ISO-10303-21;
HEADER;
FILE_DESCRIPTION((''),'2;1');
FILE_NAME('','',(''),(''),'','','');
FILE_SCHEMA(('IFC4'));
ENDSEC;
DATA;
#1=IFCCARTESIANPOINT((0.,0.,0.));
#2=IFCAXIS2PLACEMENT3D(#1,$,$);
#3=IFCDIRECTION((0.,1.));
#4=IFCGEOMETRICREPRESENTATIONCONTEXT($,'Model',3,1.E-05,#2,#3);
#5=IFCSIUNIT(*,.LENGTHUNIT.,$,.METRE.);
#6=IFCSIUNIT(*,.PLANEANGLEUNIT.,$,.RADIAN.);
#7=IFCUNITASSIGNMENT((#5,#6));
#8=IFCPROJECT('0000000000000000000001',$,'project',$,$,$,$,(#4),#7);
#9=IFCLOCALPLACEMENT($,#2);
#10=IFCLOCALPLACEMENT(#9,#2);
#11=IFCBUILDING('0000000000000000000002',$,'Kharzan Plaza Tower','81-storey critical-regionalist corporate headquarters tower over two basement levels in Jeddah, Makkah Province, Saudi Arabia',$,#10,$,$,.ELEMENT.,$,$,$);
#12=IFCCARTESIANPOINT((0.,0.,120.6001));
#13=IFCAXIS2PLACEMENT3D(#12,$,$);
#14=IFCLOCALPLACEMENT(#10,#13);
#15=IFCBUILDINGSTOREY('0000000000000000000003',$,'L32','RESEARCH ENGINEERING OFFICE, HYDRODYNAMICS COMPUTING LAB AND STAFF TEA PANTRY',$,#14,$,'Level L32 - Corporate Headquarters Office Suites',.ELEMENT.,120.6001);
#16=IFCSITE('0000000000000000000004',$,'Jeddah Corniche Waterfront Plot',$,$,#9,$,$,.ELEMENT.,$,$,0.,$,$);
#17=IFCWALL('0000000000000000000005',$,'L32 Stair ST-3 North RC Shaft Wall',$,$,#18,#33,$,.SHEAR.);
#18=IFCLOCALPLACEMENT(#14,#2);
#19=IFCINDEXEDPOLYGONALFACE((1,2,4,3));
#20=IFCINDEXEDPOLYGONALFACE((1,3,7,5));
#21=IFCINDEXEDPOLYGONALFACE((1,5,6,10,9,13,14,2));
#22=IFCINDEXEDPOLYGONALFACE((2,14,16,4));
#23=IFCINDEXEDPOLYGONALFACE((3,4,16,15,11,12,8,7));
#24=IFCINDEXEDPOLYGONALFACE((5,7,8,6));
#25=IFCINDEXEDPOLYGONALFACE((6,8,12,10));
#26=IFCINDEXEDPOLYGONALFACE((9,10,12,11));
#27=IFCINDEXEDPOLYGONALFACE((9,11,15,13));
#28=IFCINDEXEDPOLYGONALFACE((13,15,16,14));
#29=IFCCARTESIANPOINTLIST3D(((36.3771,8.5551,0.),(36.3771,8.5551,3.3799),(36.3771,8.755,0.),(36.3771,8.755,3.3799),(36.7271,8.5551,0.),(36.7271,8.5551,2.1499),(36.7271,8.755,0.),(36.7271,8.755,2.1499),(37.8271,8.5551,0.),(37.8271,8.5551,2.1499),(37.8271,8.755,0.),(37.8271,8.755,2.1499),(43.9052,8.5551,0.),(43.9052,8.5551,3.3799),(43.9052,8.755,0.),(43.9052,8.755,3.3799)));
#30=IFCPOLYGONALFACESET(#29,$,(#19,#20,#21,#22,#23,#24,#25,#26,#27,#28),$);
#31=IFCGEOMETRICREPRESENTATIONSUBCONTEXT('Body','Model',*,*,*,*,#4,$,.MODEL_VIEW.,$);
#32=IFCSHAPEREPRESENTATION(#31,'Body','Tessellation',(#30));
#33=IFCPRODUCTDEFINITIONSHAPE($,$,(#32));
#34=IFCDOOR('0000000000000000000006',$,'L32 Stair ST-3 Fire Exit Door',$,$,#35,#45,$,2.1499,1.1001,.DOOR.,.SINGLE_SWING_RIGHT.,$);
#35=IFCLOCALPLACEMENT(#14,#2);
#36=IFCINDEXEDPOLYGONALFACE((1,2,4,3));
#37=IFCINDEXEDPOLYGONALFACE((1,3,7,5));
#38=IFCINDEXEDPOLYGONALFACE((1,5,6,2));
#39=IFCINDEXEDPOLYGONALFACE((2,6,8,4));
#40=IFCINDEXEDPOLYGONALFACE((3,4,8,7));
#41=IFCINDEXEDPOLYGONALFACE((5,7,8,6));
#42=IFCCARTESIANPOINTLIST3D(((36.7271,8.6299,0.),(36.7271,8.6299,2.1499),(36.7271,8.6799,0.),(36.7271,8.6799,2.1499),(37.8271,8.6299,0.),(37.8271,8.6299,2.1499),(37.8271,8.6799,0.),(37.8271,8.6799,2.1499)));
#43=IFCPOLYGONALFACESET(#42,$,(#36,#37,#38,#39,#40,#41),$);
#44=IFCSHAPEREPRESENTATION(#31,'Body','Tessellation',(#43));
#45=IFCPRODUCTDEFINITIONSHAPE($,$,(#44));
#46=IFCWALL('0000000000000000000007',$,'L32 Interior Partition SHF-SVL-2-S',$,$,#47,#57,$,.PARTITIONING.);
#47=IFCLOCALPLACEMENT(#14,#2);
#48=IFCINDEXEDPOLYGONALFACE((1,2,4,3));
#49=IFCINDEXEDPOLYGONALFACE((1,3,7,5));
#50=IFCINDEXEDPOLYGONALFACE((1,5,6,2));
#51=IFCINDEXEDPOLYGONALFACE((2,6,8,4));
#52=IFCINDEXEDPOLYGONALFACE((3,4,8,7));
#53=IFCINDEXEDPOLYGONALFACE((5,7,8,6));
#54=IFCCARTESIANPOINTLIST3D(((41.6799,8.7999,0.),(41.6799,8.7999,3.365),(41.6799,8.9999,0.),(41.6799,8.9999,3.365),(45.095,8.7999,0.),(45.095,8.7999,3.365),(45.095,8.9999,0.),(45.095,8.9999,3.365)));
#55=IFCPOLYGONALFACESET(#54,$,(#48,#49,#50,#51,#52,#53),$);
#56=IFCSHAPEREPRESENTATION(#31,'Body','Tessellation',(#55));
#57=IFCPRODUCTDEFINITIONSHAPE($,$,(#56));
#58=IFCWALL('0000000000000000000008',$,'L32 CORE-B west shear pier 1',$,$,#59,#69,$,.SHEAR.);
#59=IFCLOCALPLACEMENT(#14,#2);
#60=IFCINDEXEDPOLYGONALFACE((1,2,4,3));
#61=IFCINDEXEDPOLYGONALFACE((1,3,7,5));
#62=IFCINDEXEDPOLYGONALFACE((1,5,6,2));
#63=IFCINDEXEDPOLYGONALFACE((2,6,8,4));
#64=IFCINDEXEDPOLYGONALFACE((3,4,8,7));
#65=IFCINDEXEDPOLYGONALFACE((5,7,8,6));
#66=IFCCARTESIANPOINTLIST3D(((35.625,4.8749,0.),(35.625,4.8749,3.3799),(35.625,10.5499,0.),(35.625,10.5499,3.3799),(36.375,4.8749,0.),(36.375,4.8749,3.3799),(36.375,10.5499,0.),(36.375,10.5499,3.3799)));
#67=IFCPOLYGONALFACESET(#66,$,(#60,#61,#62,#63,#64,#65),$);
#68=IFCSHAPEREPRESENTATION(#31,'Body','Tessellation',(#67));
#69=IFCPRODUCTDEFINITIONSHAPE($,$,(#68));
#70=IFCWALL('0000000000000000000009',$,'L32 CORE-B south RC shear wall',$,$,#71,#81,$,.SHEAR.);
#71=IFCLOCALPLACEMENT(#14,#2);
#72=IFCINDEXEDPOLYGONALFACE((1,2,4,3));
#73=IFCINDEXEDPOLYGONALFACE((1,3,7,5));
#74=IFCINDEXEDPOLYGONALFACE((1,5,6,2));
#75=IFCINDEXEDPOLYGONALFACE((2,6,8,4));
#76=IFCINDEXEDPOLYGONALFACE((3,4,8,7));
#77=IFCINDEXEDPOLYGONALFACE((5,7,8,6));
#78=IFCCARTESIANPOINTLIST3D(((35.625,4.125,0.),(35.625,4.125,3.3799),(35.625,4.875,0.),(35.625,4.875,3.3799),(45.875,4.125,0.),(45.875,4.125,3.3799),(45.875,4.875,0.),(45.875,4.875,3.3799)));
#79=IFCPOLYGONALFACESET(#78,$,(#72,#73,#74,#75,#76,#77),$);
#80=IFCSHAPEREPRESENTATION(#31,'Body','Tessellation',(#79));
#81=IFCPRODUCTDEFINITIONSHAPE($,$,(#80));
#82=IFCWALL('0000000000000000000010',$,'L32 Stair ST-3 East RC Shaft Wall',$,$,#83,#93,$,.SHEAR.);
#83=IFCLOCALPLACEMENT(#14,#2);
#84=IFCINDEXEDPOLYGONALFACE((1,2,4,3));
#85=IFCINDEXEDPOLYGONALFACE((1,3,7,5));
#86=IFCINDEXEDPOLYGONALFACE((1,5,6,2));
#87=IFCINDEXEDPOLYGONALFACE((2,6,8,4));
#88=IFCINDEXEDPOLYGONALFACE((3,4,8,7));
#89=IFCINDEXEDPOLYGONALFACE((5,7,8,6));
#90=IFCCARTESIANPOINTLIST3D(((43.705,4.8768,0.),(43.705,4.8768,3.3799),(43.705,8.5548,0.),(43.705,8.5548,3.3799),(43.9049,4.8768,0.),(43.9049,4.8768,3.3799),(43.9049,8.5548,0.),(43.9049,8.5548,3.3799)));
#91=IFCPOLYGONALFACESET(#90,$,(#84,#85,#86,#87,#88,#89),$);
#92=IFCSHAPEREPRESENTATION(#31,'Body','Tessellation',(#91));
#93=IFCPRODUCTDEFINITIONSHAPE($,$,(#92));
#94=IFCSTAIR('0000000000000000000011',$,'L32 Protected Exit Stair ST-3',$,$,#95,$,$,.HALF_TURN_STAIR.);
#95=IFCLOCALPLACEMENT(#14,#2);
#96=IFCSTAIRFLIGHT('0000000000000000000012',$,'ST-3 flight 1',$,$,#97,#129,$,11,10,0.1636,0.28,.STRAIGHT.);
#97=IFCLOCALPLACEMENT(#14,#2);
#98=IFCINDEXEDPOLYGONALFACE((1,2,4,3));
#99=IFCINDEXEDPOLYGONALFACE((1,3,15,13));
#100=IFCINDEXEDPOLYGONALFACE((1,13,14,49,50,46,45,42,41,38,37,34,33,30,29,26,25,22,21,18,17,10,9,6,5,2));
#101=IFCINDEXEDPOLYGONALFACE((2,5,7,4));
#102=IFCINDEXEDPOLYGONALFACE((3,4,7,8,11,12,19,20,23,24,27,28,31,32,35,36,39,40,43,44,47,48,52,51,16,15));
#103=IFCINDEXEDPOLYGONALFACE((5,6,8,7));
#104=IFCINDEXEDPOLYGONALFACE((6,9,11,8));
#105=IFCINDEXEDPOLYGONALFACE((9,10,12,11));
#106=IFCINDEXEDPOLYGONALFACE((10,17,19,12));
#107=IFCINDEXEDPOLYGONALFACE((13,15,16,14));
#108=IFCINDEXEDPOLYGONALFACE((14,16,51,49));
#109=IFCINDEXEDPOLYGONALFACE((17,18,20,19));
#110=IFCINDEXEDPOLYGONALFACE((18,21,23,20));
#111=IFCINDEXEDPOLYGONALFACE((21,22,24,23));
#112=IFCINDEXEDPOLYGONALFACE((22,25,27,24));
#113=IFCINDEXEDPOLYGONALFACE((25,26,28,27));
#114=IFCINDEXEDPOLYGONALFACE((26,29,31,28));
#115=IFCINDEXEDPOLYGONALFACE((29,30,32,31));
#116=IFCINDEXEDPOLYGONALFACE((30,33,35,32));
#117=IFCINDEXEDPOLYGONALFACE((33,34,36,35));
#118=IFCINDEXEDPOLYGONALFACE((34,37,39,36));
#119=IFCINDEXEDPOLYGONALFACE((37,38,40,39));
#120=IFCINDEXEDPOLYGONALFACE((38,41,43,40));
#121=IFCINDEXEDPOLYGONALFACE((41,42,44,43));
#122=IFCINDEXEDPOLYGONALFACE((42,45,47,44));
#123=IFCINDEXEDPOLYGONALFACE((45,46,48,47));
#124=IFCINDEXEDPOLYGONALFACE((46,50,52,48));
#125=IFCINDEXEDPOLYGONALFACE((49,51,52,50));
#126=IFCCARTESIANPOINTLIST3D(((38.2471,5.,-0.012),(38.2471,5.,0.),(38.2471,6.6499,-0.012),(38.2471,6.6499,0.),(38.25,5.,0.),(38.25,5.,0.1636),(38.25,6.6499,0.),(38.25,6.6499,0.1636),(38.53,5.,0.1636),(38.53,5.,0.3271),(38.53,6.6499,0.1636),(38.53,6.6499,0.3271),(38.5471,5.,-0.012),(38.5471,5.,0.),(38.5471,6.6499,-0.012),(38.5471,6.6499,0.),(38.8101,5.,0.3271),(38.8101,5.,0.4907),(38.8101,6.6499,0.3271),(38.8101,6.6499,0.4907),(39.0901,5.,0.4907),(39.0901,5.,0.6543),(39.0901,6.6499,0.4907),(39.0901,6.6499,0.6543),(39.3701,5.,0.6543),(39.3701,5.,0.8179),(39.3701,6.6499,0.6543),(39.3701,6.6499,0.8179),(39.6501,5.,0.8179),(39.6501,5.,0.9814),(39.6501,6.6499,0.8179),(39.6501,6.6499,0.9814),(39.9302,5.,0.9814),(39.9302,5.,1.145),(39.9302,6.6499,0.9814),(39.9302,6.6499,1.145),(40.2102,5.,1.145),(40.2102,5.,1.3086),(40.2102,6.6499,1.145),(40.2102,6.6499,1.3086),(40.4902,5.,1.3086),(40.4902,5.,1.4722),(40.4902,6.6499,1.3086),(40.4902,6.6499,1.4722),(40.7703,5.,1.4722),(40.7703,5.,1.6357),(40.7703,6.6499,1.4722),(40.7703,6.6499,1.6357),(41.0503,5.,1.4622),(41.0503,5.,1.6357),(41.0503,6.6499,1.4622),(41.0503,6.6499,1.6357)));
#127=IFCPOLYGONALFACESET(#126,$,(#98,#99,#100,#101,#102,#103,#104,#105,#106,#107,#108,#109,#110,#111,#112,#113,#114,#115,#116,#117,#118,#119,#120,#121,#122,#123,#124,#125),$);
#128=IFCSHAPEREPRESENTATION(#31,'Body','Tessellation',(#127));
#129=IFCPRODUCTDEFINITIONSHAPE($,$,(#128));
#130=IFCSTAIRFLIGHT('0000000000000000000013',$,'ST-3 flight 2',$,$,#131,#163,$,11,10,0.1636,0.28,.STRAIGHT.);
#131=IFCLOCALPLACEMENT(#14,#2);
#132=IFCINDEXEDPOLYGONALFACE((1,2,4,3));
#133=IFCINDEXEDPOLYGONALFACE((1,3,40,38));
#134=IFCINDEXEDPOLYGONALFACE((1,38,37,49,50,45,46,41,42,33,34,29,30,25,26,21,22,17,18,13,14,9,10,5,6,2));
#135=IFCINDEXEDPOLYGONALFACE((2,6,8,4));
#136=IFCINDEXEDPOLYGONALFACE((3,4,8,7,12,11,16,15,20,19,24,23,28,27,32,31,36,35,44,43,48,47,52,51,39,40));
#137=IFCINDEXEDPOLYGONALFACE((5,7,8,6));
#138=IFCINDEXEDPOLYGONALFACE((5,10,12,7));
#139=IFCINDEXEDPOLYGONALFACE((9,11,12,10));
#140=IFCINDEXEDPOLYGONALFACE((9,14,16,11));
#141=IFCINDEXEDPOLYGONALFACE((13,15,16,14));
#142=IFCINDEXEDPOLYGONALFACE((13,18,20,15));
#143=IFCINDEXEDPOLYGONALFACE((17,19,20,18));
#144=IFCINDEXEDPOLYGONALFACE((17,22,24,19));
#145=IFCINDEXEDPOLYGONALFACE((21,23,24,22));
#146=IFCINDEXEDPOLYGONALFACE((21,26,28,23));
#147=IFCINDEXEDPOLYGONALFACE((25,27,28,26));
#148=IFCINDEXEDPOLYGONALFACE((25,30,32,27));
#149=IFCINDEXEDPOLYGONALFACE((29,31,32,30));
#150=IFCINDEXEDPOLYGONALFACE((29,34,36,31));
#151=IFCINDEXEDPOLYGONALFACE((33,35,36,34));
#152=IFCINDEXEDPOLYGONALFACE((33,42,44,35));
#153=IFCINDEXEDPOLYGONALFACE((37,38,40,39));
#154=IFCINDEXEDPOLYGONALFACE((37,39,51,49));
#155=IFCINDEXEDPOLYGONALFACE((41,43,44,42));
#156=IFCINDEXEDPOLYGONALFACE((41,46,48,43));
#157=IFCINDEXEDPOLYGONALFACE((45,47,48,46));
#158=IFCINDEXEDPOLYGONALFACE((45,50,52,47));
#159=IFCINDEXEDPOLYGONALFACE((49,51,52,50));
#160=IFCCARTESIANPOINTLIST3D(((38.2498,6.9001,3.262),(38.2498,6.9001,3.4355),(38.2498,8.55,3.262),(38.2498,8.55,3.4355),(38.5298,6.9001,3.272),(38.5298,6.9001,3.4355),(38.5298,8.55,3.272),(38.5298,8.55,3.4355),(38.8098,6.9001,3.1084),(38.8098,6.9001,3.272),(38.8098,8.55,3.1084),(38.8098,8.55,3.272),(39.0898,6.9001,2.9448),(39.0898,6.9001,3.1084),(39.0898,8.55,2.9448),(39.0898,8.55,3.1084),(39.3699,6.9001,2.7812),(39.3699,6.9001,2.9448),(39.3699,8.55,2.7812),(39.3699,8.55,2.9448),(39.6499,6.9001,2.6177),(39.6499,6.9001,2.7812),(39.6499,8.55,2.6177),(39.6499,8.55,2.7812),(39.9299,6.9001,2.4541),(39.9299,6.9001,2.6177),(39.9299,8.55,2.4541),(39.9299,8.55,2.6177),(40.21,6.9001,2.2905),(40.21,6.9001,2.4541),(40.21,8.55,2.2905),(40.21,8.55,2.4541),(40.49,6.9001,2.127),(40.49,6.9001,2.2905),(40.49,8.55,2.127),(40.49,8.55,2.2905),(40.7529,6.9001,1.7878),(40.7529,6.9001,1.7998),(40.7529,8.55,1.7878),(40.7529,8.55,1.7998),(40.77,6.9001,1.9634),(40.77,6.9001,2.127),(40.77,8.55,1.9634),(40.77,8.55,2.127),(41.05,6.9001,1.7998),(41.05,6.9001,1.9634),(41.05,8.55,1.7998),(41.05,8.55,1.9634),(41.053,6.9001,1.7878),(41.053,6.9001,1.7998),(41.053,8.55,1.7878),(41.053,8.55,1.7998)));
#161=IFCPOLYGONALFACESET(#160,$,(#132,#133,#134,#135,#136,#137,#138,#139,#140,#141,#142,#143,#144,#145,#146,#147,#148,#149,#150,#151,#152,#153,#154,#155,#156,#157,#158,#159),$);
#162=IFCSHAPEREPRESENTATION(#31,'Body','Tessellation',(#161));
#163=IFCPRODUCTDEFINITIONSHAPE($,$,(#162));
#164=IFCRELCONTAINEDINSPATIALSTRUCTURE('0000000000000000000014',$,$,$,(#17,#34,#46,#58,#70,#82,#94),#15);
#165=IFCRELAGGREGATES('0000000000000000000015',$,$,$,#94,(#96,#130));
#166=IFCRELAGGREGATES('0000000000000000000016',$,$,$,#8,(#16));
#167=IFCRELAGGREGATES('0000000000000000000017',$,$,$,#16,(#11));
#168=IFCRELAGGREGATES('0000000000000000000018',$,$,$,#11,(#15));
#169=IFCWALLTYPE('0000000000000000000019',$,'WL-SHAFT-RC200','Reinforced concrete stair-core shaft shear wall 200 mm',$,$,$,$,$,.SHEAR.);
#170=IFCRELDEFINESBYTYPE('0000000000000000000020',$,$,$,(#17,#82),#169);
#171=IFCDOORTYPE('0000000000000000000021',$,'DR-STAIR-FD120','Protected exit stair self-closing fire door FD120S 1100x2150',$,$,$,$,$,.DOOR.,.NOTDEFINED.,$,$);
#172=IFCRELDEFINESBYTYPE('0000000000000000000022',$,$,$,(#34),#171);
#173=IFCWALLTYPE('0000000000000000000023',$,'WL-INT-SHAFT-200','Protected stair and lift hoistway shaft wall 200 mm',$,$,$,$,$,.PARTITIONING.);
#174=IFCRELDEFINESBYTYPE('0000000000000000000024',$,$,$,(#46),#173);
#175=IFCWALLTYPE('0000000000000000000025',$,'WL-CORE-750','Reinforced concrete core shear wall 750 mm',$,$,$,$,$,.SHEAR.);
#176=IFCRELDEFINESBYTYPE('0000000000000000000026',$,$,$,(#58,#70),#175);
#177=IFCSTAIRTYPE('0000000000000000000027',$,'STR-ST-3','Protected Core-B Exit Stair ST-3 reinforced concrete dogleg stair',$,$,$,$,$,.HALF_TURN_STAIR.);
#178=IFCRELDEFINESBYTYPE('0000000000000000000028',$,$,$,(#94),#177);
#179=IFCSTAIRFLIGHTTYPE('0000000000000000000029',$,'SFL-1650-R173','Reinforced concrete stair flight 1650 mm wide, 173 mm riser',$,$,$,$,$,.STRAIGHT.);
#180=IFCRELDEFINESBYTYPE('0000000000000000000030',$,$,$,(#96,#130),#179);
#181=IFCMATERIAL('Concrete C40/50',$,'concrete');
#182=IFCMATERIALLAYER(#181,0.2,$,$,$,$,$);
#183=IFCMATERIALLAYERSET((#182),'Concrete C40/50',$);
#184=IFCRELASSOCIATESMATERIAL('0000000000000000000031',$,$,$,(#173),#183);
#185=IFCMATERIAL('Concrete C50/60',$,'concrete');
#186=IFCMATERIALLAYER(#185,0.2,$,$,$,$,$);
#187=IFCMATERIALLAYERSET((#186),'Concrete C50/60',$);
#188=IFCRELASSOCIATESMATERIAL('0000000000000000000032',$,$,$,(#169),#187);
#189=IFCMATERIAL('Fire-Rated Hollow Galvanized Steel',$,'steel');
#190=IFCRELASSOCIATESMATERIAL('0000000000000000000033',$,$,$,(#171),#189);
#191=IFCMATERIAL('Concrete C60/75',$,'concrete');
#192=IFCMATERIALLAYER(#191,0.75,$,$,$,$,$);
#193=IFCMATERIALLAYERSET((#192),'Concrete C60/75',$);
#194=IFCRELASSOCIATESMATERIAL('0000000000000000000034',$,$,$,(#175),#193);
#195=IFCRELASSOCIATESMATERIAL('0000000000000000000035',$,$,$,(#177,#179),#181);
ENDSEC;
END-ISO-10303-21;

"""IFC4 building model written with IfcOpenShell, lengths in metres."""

from ifc_helpers import new_model, si_unit, direction, frame, frame_2d, origin, place, context, subcontext, project, spatial, polyline, rectangle, outline, extrude, source, transform, mapped, material, layer, layer_set, type_object, element, fill, aggregate, save


model = new_model("IFC4")

# Units and contexts
model_context = context("Model", 3, precision=1e-05, world=origin(), true_north=direction((0.0, 1.0)))
body_context = subcontext(model_context, "Body", "Model", "MODEL_VIEW")
ifc_project = project(units=[si_unit("LENGTHUNIT", "METRE"), si_unit("PLANEANGLEUNIT", "RADIAN")], contexts=[model_context])

# Site, building, storey
site_placement = place(None, origin())
site = spatial("IfcSite", under=ifc_project, at=site_placement, Name="Jeddah Corniche Waterfront Plot", CompositionType="ELEMENT", RefElevation=0.0)
building_placement = place(site_placement, origin())
building = spatial("IfcBuilding", under=site, at=building_placement, Name="Kharzan Plaza Tower", Description="81-storey critical-regionalist corporate headquarters tower over two basement levels in Jeddah, Makkah Province, Saudi Arabia", CompositionType="ELEMENT")
storey_placement = place(building_placement, frame((0.0, 0.0, 120.6001)))
storey = spatial("IfcBuildingStorey", under=building, at=storey_placement, Name="L32", Description="RESEARCH ENGINEERING OFFICE, HYDRODYNAMICS COMPUTING LAB AND STAFF TEA PANTRY", LongName="Level L32 - Corporate Headquarters Office Suites", CompositionType="ELEMENT", Elevation=120.6001)

# Shared definitions
ifc_material_1 = material(Name="Concrete C60/75", Category="concrete")

# Shared definitions
ifc_material_2 = material(Name="Concrete C40/50", Category="concrete")

# Wall, opening, door
ifc_layer_1 = layer(ifc_material_2, 0.2)
ifc_layer_set_1 = layer_set([ifc_layer_1], Name="Concrete C40/50")
wall_type_1 = type_object("IfcWallType", Name="WL-INT-SHAFT-200", Description="Protected stair and lift hoistway shaft wall 200 mm", PredefinedType="PARTITIONING", material=ifc_layer_set_1)
ifc_material_3 = material(Name="Concrete C50/60", Category="concrete")
ifc_layer_2 = layer(ifc_material_3, 0.2)
ifc_layer_set_2 = layer_set([ifc_layer_2], Name="Concrete C50/60")
wall_type_2 = type_object("IfcWallType", Name="WL-SHAFT-RC200", Description="Reinforced concrete stair-core shaft shear wall 200 mm", PredefinedType="SHEAR", material=ifc_layer_set_2)
wall_1_placement = place(storey_placement, frame((36.377, 8.655, 0.0), z_axis=(0.0, 0.0, 1.0), x_axis=(1.0, 0.0, 0.0)))
wall_1 = element("IfcWall", 1, at=wall_1_placement, inside=storey, type_object=wall_type_2, Name="L32 Stair ST-3 North RC Shaft Wall", PredefinedType="SHEAR", context=body_context, shape_type="SweptSolid", body=[
    extrude(rectangle(XDim=7.5281, YDim=0.2, at=frame_2d((3.7642, 0.0))), origin(), (0.0, 0.0, 1.0), 3.3799),
])
opening_1_placement = place(wall_1_placement, frame((0.3501, 0.0, 0.0)))
opening_1 = element("IfcOpeningElement", 2, at=opening_1_placement, cuts=wall_1, PredefinedType="OPENING", context=body_context, shape_type="SweptSolid", body=[
    extrude(rectangle(XDim=1.1001, YDim=2.1499, at=frame_2d((0.55, 1.075))), frame((0.0, 0.1099, 0.0), z_axis=(0.0, -1.0, 0.0), x_axis=(1.0, 0.0, 0.0)), (0.0, 0.0, 1.0), 0.22),
])
ifc_material_4 = material(Name="Fire-Rated Hollow Galvanized Steel", Category="steel")
door_type_1 = type_object("IfcDoorType", Name="DR-STAIR-FD120", Description="Protected exit stair self-closing fire door FD120S 1100x2150", OperationType="NOTDEFINED", PredefinedType="DOOR", material=ifc_material_4)
shared_shape_1 = source(origin(), body_context, "Body", "SweptSolid", [
    extrude(rectangle(XDim=1.1001, YDim=2.1499, at=frame_2d((0.55, 1.075))), frame((0.0, 0.0249, 0.0), z_axis=(0.0, -1.0, 0.0), x_axis=(1.0, 0.0, 0.0)), (0.0, 0.0, 1.0), 0.05),
])
door_1_placement = place(opening_1_placement, origin())
door_1 = element("IfcDoor", 3, at=door_1_placement, inside=storey, type_object=door_type_1, Name="L32 Stair ST-3 Fire Exit Door", OperationType="SINGLE_SWING_RIGHT", OverallHeight=2.1499, OverallWidth=1.1001, PredefinedType="DOOR", context=body_context, shape_type="MappedRepresentation", body=[
    mapped(shared_shape_1, transform((0.0, 0.0, 0.0), x_axis=(1.0, 0.0, 0.0), y_axis=(0.0, 1.0, 0.0), z_axis=(0.0, 0.0, 1.0))),
])
fill(opening_1, door_1)

# Walls
shared_shape_2 = source(origin(), body_context, "Body", "SweptSolid", [
    extrude(rectangle(XDim=3.415, YDim=0.2, at=frame_2d((1.7075, 0.0))), origin(), (0.0, 0.0, 1.0), 3.365),
])
wall_2_placement = place(storey_placement, frame((41.6799, 8.8999, 0.0), z_axis=(0.0, 0.0, 1.0), x_axis=(1.0, 0.0, 0.0)))
element("IfcWall", 4, at=wall_2_placement, inside=storey, type_object=wall_type_1, Name="L32 Interior Partition SHF-SVL-2-S", PredefinedType="PARTITIONING", context=body_context, shape_type="MappedRepresentation", body=[
    mapped(shared_shape_2, transform((0.0, 0.0, 0.0), x_axis=(1.0, 0.0, 0.0), y_axis=(0.0, 1.0, 0.0), z_axis=(0.0, 0.0, 1.0))),
])
ifc_layer_3 = layer(ifc_material_1, 0.75)
ifc_layer_set_3 = layer_set([ifc_layer_3], Name="Concrete C60/75")
wall_type_3 = type_object("IfcWallType", Name="WL-CORE-750", Description="Reinforced concrete core shear wall 750 mm", PredefinedType="SHEAR", material=ifc_layer_set_3)
shared_shape_3 = source(origin(), body_context, "Body", "SweptSolid", [
    extrude(rectangle(XDim=5.675, YDim=0.75, at=frame_2d((2.8374, 0.0))), origin(), (0.0, 0.0, 1.0), 3.3799),
])
wall_3_placement = place(storey_placement, frame((36.0, 4.875, 0.0), z_axis=(0.0, 0.0, 1.0), x_axis=(0.0, 1.0, 0.0)))
element("IfcWall", 5, at=wall_3_placement, inside=storey, type_object=wall_type_3, Name="L32 CORE-B west shear pier 1", PredefinedType="SHEAR", context=body_context, shape_type="MappedRepresentation", body=[
    mapped(shared_shape_3, transform((0.0, 0.0, 0.0), x_axis=(1.0, 0.0, 0.0), y_axis=(0.0, 1.0, 0.0), z_axis=(0.0, 0.0, 1.0))),
])
shared_shape_4 = source(origin(), body_context, "Body", "SweptSolid", [
    extrude(rectangle(XDim=10.25, YDim=0.75, at=frame_2d((5.125, 0.0))), origin(), (0.0, 0.0, 1.0), 3.3799),
])
wall_4_placement = place(storey_placement, frame((35.625, 4.5, 0.0), z_axis=(0.0, 0.0, 1.0), x_axis=(1.0, 0.0, 0.0)))
element("IfcWall", 6, at=wall_4_placement, inside=storey, type_object=wall_type_3, Name="L32 CORE-B south RC shear wall", PredefinedType="SHEAR", context=body_context, shape_type="MappedRepresentation", body=[
    mapped(shared_shape_4, transform((0.0, 0.0, 0.0), x_axis=(1.0, 0.0, 0.0), y_axis=(0.0, 1.0, 0.0), z_axis=(0.0, 0.0, 1.0))),
])
shared_shape_5 = source(origin(), body_context, "Body", "SweptSolid", [
    extrude(rectangle(XDim=3.678, YDim=0.2, at=frame_2d((1.8389, 0.0))), origin(), (0.0, 0.0, 1.0), 3.3799),
])
wall_5_placement = place(storey_placement, frame((43.8049, 4.877, 0.0), z_axis=(0.0, 0.0, 1.0), x_axis=(0.0, 1.0, 0.0)))
element("IfcWall", 7, at=wall_5_placement, inside=storey, type_object=wall_type_2, Name="L32 Stair ST-3 East RC Shaft Wall", PredefinedType="SHEAR", context=body_context, shape_type="MappedRepresentation", body=[
    mapped(shared_shape_5, transform((0.0, 0.0, 0.0), x_axis=(1.0, 0.0, 0.0), y_axis=(0.0, 1.0, 0.0), z_axis=(0.0, 0.0, 1.0))),
])

# Stair, stair flights
stair_type = type_object("IfcStairType", Name="STR-ST-3", Description="Protected Core-B Exit Stair ST-3 reinforced concrete dogleg stair", PredefinedType="HALF_TURN_STAIR", material=ifc_material_2)
stair_placement = place(storey_placement, origin())
stair = element("IfcStair", 8, at=stair_placement, inside=storey, type_object=stair_type, Name="L32 Protected Exit Stair ST-3", PredefinedType="HALF_TURN_STAIR")
stair_flight_type = type_object("IfcStairFlightType", Name="SFL-1650-R173", Description="Reinforced concrete stair flight 1650 mm wide, 173 mm riser", PredefinedType="STRAIGHT", material=ifc_material_2)
shared_shape_6 = source(origin(), body_context, "Body", "SweptSolid", [
    extrude(outline(polyline([(-0.0029, -0.012), (-0.0029, 0.0), (0.0, 0.0), (0.0, 0.1636), (0.28, 0.1636), (0.28, 0.3271), (0.5601, 0.3271), (0.5601, 0.4907), (0.8401, 0.4907), (0.8401, 0.6543), (1.1201, 0.6543), (1.1201, 0.8179), (1.4001, 0.8179), (1.4001, 0.9814), (1.6802, 0.9814), (1.6802, 1.145), (1.9602, 1.145), (1.9602, 1.3086), (2.2402, 1.3086), (2.2402, 1.4722), (2.5203, 1.4722), (2.5203, 1.6357), (2.8003, 1.6357), (2.8003, 1.7993), (2.8003, 1.4622), (0.2971, 0.0), (0.2971, -0.012), (-0.0029, -0.012)])), frame((0.0, 0.825, 0.0), z_axis=(0.0, -1.0, 0.0), x_axis=(1.0, 0.0, 0.0)), (0.0, 0.0, 1.0), 1.6499),
])
stair_flight_1_placement = place(storey_placement, frame((38.25, 5.825, 0.0), z_axis=(0.0, 0.0, 1.0), x_axis=(1.0, 0.0, 0.0)))
stair_flight_1 = element("IfcStairFlight", 9, at=stair_flight_1_placement, type_object=stair_flight_type, Name="ST-3 flight 1", NumberOfRisers=11, NumberOfTreads=10, PredefinedType="STRAIGHT", RiserHeight=0.1636, TreadLength=0.28, context=body_context, shape_type="MappedRepresentation", body=[
    mapped(shared_shape_6, transform((0.0, 0.0, 0.0), x_axis=(1.0, 0.0, 0.0), y_axis=(0.0, 1.0, 0.0), z_axis=(0.0, 0.0, 1.0))),
])
stair_flight_2_placement = place(storey_placement, frame((41.05, 7.7251, 1.7998), z_axis=(0.0, 0.0, 1.0), x_axis=(-1.0, 0.0, 0.0)))
stair_flight_2 = element("IfcStairFlight", 10, at=stair_flight_2_placement, type_object=stair_flight_type, Name="ST-3 flight 2", NumberOfRisers=11, NumberOfTreads=10, PredefinedType="STRAIGHT", RiserHeight=0.1636, TreadLength=0.28, context=body_context, shape_type="MappedRepresentation", body=[
    mapped(shared_shape_6, transform((0.0, 0.0, 0.0), x_axis=(1.0, 0.0, 0.0), y_axis=(0.0, 1.0, 0.0), z_axis=(0.0, 0.0, 1.0))),
])
aggregate(stair, [stair_flight_1, stair_flight_2])

save(model, "model.ifc")
